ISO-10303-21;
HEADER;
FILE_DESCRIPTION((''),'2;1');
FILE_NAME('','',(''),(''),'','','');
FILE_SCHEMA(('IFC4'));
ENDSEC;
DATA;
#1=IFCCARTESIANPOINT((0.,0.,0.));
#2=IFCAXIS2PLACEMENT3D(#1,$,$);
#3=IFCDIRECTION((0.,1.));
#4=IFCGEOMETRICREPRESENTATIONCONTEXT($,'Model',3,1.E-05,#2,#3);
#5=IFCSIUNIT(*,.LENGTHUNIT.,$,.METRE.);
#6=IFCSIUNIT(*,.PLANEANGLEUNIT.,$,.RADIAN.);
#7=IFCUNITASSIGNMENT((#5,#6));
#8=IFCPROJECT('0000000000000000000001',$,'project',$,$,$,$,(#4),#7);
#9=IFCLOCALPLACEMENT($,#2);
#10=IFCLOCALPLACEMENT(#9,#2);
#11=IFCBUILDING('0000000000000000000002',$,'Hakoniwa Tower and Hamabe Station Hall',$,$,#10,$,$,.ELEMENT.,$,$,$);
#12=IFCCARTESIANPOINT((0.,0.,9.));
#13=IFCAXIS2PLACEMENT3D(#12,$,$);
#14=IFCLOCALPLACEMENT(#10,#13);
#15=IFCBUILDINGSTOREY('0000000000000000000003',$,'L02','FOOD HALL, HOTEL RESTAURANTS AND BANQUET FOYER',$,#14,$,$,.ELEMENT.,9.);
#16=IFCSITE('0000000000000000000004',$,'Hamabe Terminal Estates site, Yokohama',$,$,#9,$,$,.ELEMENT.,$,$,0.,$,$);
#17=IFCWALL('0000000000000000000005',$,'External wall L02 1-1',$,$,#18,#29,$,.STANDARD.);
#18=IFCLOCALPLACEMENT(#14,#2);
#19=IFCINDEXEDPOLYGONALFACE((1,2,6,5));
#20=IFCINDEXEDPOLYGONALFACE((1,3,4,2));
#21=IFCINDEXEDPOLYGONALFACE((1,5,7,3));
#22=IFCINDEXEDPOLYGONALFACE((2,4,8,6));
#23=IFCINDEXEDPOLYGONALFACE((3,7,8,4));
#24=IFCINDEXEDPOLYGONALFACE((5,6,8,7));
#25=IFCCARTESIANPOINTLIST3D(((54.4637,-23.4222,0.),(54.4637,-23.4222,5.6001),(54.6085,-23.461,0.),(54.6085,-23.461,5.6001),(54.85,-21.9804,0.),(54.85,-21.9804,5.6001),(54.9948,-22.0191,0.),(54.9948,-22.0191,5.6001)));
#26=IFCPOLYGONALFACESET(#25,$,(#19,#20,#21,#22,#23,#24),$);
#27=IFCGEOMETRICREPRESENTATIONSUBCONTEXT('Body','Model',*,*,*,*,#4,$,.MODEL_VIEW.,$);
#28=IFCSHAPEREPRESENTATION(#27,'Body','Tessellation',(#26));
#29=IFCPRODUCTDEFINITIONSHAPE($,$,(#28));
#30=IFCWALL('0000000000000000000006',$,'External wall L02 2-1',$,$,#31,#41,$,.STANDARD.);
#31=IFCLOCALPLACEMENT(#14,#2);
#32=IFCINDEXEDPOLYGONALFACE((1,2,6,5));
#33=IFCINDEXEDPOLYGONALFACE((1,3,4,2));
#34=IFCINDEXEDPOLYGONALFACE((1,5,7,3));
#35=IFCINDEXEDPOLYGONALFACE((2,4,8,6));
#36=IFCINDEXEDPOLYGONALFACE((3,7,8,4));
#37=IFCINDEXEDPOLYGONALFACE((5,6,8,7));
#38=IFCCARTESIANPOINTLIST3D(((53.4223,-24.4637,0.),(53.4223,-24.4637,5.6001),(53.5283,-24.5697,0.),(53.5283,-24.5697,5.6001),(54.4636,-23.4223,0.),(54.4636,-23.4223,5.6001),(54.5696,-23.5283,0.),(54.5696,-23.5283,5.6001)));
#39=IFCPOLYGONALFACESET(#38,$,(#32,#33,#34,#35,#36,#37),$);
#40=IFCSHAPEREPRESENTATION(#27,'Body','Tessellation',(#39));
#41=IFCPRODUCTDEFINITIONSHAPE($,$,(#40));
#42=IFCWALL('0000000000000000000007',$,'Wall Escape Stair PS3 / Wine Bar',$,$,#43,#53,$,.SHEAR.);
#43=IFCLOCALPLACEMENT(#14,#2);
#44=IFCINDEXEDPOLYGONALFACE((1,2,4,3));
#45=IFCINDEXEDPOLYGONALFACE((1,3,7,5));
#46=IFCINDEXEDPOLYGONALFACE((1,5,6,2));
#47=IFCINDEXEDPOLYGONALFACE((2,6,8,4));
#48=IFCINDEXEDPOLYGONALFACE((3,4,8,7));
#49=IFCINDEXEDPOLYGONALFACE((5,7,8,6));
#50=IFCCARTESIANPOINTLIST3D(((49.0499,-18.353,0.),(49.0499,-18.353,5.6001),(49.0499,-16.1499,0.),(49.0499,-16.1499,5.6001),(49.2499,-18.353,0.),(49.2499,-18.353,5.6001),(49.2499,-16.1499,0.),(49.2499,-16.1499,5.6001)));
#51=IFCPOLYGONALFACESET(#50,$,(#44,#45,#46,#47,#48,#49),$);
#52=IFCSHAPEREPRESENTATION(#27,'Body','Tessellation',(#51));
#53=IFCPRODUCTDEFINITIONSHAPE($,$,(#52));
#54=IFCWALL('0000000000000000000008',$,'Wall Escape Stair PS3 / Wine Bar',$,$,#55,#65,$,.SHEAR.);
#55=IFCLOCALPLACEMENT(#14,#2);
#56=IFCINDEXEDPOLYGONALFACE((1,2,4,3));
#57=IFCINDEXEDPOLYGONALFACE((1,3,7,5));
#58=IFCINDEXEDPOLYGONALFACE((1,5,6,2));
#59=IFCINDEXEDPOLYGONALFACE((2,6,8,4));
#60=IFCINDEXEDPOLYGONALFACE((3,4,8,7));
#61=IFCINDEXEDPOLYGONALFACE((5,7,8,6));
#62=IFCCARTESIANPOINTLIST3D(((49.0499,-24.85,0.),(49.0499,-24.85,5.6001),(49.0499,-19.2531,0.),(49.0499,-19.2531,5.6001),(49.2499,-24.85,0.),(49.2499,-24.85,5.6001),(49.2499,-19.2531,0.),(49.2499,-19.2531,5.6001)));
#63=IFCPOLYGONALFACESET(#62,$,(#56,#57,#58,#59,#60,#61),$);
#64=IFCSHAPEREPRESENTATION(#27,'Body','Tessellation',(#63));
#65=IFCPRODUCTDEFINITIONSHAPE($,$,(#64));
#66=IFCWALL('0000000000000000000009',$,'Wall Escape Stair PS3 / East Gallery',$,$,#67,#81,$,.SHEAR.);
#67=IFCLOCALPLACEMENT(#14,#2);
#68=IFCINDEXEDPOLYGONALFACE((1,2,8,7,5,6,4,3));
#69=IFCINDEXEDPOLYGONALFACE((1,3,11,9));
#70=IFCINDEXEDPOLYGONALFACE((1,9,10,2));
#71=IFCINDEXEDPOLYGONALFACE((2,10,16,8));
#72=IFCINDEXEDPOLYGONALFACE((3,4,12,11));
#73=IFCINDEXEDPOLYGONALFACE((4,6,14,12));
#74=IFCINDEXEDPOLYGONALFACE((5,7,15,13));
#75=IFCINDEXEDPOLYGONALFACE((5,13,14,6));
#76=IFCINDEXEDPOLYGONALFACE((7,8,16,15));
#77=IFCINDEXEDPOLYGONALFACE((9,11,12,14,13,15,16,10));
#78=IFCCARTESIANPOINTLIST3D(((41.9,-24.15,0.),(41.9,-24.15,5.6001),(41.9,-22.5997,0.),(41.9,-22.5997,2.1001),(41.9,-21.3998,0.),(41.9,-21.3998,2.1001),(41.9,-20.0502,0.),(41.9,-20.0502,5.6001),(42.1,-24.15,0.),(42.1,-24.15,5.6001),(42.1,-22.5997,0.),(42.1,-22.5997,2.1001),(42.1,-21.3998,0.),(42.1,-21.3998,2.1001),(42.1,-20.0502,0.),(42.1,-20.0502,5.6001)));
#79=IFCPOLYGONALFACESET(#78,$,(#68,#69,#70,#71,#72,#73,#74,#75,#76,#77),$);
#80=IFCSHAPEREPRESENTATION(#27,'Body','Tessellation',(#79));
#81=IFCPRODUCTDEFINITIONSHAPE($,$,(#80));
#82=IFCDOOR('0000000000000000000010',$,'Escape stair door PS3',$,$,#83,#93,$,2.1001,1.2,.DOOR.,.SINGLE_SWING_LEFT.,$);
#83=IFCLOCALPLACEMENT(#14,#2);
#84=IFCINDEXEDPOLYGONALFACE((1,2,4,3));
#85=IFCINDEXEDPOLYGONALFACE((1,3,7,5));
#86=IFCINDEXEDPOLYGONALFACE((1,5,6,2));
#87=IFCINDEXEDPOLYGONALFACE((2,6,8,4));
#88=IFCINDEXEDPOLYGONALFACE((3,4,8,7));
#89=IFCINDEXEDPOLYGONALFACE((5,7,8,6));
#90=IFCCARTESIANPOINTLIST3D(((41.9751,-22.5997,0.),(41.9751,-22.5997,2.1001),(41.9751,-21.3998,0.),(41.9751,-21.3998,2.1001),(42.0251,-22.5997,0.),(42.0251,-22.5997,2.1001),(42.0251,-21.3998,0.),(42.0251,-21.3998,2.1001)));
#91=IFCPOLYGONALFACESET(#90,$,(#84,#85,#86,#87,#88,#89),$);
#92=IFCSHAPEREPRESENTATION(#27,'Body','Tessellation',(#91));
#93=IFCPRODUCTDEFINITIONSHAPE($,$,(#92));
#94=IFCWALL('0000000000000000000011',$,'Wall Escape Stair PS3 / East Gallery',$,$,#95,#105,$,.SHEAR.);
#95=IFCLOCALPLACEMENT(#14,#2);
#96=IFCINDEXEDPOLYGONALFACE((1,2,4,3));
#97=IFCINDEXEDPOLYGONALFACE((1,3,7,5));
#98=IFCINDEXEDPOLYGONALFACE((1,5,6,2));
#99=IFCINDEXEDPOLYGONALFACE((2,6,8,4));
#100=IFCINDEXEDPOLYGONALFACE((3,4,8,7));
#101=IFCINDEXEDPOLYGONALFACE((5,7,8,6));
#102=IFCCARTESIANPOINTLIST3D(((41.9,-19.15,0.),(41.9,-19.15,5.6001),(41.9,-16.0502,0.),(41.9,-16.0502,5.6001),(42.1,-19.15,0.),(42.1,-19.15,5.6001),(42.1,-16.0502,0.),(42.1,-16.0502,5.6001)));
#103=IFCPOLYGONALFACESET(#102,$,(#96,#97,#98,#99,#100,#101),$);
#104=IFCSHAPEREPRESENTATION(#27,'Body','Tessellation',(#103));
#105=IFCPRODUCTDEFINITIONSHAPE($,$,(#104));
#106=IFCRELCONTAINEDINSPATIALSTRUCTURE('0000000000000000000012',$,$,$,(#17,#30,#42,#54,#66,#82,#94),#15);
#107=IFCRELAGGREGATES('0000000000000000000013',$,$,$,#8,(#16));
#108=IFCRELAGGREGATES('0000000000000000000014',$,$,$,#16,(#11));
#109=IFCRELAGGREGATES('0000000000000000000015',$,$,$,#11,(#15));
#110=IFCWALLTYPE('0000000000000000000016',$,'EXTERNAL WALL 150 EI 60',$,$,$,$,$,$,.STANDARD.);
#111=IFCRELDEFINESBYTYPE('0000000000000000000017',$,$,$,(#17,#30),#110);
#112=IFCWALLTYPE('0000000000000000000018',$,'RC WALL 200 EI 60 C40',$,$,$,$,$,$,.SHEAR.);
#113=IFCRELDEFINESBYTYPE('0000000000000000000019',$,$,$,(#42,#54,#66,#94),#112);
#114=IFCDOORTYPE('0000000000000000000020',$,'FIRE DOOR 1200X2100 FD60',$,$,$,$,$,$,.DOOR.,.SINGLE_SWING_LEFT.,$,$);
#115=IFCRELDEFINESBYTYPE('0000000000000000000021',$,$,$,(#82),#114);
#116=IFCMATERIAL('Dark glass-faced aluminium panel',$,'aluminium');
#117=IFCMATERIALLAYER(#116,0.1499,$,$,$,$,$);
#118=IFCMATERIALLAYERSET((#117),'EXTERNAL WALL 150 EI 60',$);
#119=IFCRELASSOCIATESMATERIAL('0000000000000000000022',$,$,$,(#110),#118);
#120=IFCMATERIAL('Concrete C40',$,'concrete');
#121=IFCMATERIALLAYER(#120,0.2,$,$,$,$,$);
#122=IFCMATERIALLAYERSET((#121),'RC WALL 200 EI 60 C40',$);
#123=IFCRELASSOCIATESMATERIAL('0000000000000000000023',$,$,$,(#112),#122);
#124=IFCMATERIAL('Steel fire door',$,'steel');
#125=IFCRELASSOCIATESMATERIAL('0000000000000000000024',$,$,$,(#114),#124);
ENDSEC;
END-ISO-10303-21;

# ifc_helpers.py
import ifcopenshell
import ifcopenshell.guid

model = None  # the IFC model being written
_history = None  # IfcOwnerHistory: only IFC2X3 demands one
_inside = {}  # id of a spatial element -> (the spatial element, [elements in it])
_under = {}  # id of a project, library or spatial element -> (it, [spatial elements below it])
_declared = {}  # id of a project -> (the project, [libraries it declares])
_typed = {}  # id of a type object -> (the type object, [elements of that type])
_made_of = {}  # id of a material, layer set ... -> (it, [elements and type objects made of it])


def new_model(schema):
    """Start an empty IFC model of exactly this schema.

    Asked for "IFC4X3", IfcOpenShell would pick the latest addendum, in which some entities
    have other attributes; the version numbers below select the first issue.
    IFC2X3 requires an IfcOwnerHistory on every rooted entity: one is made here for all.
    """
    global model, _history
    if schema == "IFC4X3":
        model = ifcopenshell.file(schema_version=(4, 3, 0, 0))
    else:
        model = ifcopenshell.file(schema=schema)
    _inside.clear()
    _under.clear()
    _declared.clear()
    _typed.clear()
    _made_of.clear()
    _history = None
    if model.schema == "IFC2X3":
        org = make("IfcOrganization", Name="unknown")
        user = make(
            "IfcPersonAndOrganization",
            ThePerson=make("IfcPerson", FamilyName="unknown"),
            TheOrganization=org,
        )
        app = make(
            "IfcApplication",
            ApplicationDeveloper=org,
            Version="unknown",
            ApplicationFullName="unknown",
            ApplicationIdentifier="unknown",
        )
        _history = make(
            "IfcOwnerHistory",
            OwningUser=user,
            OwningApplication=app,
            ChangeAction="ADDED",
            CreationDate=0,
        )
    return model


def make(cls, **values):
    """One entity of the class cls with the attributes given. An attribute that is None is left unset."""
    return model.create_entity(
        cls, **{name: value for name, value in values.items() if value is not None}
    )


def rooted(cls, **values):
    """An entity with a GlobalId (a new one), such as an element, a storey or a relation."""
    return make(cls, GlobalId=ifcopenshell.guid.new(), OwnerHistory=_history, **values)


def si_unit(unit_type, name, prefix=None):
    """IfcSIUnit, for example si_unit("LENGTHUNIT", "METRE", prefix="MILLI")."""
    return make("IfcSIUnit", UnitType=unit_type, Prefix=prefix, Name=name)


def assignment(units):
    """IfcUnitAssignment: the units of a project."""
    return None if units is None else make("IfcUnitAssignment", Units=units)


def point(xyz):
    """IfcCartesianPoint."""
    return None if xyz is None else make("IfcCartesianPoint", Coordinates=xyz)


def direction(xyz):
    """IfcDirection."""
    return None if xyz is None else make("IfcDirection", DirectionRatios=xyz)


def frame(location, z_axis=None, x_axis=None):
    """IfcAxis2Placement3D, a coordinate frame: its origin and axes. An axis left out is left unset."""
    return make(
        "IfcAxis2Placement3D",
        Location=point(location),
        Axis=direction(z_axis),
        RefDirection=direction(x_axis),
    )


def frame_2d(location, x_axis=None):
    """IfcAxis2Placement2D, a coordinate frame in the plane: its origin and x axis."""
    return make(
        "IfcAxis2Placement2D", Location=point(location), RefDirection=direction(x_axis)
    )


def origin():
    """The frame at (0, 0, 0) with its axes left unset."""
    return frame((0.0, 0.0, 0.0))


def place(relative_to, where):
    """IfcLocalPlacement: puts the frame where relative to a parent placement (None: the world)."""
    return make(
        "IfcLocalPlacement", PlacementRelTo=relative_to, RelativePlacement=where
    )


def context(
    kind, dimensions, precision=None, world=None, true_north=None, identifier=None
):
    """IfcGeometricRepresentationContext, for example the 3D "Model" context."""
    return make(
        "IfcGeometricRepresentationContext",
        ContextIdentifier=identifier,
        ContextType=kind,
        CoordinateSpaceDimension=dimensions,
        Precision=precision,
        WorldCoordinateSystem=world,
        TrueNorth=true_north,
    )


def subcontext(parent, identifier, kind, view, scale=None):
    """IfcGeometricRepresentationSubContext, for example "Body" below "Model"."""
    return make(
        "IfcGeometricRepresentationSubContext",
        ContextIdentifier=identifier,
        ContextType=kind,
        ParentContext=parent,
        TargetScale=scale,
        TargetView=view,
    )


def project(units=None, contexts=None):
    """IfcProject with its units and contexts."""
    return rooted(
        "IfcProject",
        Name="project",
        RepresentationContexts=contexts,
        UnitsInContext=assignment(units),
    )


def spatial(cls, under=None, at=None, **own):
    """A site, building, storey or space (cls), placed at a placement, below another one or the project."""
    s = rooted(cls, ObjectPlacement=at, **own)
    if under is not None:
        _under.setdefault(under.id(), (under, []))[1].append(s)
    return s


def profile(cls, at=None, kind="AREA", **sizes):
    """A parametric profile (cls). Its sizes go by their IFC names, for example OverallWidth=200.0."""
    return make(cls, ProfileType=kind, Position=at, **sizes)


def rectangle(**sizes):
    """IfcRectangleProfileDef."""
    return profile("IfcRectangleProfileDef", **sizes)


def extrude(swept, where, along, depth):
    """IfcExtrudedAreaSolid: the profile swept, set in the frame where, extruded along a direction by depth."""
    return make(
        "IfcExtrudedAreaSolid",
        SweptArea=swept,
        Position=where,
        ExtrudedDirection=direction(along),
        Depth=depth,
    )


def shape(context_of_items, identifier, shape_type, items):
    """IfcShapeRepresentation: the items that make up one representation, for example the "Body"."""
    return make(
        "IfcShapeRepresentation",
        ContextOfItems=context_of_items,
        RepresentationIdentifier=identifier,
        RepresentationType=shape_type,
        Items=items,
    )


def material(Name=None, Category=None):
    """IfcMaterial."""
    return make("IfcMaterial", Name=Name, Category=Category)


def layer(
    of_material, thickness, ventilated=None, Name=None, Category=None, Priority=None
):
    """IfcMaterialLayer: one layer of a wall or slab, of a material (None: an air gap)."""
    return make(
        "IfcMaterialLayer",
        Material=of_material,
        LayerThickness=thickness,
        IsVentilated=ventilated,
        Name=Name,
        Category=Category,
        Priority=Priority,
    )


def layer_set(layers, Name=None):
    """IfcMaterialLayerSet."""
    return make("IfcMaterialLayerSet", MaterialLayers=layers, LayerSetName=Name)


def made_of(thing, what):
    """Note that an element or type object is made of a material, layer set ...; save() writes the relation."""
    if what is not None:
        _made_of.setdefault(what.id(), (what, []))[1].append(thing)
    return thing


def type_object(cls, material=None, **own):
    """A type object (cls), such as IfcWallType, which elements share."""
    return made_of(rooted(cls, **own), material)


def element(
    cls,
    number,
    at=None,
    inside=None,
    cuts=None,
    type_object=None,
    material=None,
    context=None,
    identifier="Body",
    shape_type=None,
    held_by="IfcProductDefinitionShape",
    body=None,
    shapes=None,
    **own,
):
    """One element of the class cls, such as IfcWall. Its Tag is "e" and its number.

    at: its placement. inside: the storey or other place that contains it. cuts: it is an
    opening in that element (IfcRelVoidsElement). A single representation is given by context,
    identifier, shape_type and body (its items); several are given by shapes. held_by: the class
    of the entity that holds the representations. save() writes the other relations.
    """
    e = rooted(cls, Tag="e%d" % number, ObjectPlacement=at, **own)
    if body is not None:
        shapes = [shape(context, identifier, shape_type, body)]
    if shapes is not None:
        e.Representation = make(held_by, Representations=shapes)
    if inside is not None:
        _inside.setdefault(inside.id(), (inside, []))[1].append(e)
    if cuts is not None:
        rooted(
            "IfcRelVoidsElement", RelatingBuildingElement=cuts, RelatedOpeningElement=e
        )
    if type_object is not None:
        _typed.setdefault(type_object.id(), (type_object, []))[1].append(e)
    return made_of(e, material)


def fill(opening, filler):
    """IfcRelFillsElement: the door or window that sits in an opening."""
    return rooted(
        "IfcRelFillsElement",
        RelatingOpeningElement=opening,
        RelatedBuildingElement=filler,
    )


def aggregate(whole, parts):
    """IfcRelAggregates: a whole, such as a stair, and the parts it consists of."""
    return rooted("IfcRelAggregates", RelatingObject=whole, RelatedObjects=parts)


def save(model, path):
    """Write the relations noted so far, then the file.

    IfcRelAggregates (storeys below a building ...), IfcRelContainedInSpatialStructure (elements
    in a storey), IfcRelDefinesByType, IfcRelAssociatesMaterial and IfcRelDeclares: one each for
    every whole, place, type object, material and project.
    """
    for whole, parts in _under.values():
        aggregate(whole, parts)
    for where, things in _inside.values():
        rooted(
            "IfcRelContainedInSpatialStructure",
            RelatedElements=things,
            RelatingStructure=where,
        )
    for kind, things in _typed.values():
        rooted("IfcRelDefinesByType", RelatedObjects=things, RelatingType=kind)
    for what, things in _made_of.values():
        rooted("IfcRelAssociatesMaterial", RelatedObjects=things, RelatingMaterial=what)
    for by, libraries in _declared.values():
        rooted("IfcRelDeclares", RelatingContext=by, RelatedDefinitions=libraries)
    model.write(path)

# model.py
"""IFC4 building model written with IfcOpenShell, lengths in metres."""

from ifc_helpers import new_model, si_unit, direction, frame, frame_2d, origin, place, context, subcontext, project, spatial, rectangle, extrude, material, layer, layer_set, type_object, element, fill, save


model = new_model("IFC4")

# Units and contexts
model_context = context("Model", 3, precision=1e-05, world=origin(), true_north=direction((0.0, 1.0)))
body_context = subcontext(model_context, "Body", "Model", "MODEL_VIEW")
ifc_project = project(units=[si_unit("LENGTHUNIT", "METRE"), si_unit("PLANEANGLEUNIT", "RADIAN")], contexts=[model_context])

# Site, building, storey
site_placement = place(None, origin())
site = spatial("IfcSite", under=ifc_project, at=site_placement, Name="Hamabe Terminal Estates site, Yokohama", CompositionType="ELEMENT", RefElevation=0.0)
building_placement = place(site_placement, origin())
building = spatial("IfcBuilding", under=site, at=building_placement, Name="Hakoniwa Tower and Hamabe Station Hall", CompositionType="ELEMENT")
storey_placement = place(building_placement, frame((0.0, 0.0, 9.0)))
storey = spatial("IfcBuildingStorey", under=building, at=storey_placement, Name="L02", Description="FOOD HALL, HOTEL RESTAURANTS AND BANQUET FOYER", CompositionType="ELEMENT", Elevation=9.0)

# Walls
ifc_material_1 = material(Name="Dark glass-faced aluminium panel", Category="aluminium")
ifc_layer_1 = layer(ifc_material_1, 0.1499)
ifc_layer_set_1 = layer_set([ifc_layer_1], Name="EXTERNAL WALL 150 EI 60")
wall_type_1 = type_object("IfcWallType", Name="EXTERNAL WALL 150 EI 60", PredefinedType="STANDARD", material=ifc_layer_set_1)
wall_1_placement = place(storey_placement, frame((54.9224, -21.9998, 0.0), z_axis=(0.0, 0.0, 1.0), x_axis=(-0.258742, -0.965947, 0.0)))
element("IfcWall", 1, at=wall_1_placement, inside=storey, type_object=wall_type_1, Name="External wall L02 1-1", PredefinedType="STANDARD", context=body_context, shape_type="SweptSolid", body=[
    extrude(rectangle(XDim=1.4927, YDim=0.1499, at=frame_2d((0.7463, 0.0))), origin(), (0.0, 0.0, 1.0), 5.6001),
])
wall_2_placement = place(storey_placement, frame((54.5166, -23.4753, 0.0), z_axis=(0.0, 0.0, 1.0), x_axis=(-0.707107, -0.707107, 0.0)))
element("IfcWall", 2, at=wall_2_placement, inside=storey, type_object=wall_type_1, Name="External wall L02 2-1", PredefinedType="STANDARD", context=body_context, shape_type="SweptSolid", body=[
    extrude(rectangle(XDim=1.4727, YDim=0.1499, at=frame_2d((0.7363, 0.0))), origin(), (0.0, 0.0, 1.0), 5.6001),
])
ifc_material_2 = material(Name="Concrete C40", Category="concrete")
ifc_layer_2 = layer(ifc_material_2, 0.2)
ifc_layer_set_2 = layer_set([ifc_layer_2], Name="RC WALL 200 EI 60 C40")
wall_type_2 = type_object("IfcWallType", Name="RC WALL 200 EI 60 C40", PredefinedType="SHEAR", material=ifc_layer_set_2)
wall_3_placement = place(storey_placement, frame((49.1499, -16.1499, 0.0), z_axis=(0.0, 0.0, 1.0), x_axis=(0.0, -1.0, 0.0)))
element("IfcWall", 3, at=wall_3_placement, inside=storey, type_object=wall_type_2, Name="Wall Escape Stair PS3 / Wine Bar", PredefinedType="SHEAR", context=body_context, shape_type="SweptSolid", body=[
    extrude(rectangle(XDim=2.2031, YDim=0.2, at=frame_2d((1.1016, 0.0))), origin(), (0.0, 0.0, 1.0), 5.6001),
])
wall_4_placement = place(storey_placement, frame((49.1499, -19.2532, 0.0), z_axis=(0.0, 0.0, 1.0), x_axis=(0.0, -1.0, 0.0)))
element("IfcWall", 4, at=wall_4_placement, inside=storey, type_object=wall_type_2, Name="Wall Escape Stair PS3 / Wine Bar", PredefinedType="SHEAR", context=body_context, shape_type="SweptSolid", body=[
    extrude(rectangle(XDim=5.5969, YDim=0.2, at=frame_2d((2.7983, 0.0))), origin(), (0.0, 0.0, 1.0), 5.6001),
])

# Wall, opening, door
wall_5_placement = place(storey_placement, frame((42.0, -24.1499, 0.0), z_axis=(0.0, 0.0, 1.0), x_axis=(0.0, 1.0, 0.0)))
wall_5 = element("IfcWall", 5, at=wall_5_placement, inside=storey, type_object=wall_type_2, Name="Wall Escape Stair PS3 / East Gallery", PredefinedType="SHEAR", context=body_context, shape_type="SweptSolid", body=[
    extrude(rectangle(XDim=4.0999, YDim=0.2, at=frame_2d((2.0498, 0.0))), origin(), (0.0, 0.0, 1.0), 5.6001),
])
opening_placement = place(wall_5_placement, frame((1.55, 0.0, 0.0)))
opening = element("IfcOpeningElement", 6, at=opening_placement, cuts=wall_5, PredefinedType="OPENING", context=body_context, shape_type="SweptSolid", body=[
    extrude(rectangle(XDim=1.2, YDim=2.1001, at=frame_2d((0.6001, 1.05))), frame((0.0, 0.1099, 0.0), z_axis=(0.0, -1.0, 0.0), x_axis=(1.0, 0.0, 0.0)), (0.0, 0.0, 1.0), 0.22),
])
ifc_material_3 = material(Name="Steel fire door", Category="steel")
door_type = type_object("IfcDoorType", Name="FIRE DOOR 1200X2100 FD60", OperationType="SINGLE_SWING_LEFT", PredefinedType="DOOR", material=ifc_material_3)
door_placement = place(opening_placement, origin())
door = element("IfcDoor", 7, at=door_placement, inside=storey, type_object=door_type, Name="Escape stair door PS3", OperationType="SINGLE_SWING_LEFT", OverallHeight=2.1001, OverallWidth=1.2, PredefinedType="DOOR", context=body_context, shape_type="SweptSolid", body=[
    extrude(rectangle(XDim=1.2, YDim=2.1001, at=frame_2d((0.6001, 1.05))), frame((0.0, 0.0249, 0.0), z_axis=(0.0, -1.0, 0.0), x_axis=(1.0, 0.0, 0.0)), (0.0, 0.0, 1.0), 0.05),
])
fill(opening, door)

# Wall
wall_6_placement = place(storey_placement, frame((42.0, -19.1499, 0.0), z_axis=(0.0, 0.0, 1.0), x_axis=(0.0, 1.0, 0.0)))
element("IfcWall", 8, at=wall_6_placement, inside=storey, type_object=wall_type_2, Name="Wall Escape Stair PS3 / East Gallery", PredefinedType="SHEAR", context=body_context, shape_type="SweptSolid", body=[
    extrude(rectangle(XDim=3.0999, YDim=0.2, at=frame_2d((1.5498, 0.0))), origin(), (0.0, 0.0, 1.0), 5.6001),
])

save(model, "model.ifc")
